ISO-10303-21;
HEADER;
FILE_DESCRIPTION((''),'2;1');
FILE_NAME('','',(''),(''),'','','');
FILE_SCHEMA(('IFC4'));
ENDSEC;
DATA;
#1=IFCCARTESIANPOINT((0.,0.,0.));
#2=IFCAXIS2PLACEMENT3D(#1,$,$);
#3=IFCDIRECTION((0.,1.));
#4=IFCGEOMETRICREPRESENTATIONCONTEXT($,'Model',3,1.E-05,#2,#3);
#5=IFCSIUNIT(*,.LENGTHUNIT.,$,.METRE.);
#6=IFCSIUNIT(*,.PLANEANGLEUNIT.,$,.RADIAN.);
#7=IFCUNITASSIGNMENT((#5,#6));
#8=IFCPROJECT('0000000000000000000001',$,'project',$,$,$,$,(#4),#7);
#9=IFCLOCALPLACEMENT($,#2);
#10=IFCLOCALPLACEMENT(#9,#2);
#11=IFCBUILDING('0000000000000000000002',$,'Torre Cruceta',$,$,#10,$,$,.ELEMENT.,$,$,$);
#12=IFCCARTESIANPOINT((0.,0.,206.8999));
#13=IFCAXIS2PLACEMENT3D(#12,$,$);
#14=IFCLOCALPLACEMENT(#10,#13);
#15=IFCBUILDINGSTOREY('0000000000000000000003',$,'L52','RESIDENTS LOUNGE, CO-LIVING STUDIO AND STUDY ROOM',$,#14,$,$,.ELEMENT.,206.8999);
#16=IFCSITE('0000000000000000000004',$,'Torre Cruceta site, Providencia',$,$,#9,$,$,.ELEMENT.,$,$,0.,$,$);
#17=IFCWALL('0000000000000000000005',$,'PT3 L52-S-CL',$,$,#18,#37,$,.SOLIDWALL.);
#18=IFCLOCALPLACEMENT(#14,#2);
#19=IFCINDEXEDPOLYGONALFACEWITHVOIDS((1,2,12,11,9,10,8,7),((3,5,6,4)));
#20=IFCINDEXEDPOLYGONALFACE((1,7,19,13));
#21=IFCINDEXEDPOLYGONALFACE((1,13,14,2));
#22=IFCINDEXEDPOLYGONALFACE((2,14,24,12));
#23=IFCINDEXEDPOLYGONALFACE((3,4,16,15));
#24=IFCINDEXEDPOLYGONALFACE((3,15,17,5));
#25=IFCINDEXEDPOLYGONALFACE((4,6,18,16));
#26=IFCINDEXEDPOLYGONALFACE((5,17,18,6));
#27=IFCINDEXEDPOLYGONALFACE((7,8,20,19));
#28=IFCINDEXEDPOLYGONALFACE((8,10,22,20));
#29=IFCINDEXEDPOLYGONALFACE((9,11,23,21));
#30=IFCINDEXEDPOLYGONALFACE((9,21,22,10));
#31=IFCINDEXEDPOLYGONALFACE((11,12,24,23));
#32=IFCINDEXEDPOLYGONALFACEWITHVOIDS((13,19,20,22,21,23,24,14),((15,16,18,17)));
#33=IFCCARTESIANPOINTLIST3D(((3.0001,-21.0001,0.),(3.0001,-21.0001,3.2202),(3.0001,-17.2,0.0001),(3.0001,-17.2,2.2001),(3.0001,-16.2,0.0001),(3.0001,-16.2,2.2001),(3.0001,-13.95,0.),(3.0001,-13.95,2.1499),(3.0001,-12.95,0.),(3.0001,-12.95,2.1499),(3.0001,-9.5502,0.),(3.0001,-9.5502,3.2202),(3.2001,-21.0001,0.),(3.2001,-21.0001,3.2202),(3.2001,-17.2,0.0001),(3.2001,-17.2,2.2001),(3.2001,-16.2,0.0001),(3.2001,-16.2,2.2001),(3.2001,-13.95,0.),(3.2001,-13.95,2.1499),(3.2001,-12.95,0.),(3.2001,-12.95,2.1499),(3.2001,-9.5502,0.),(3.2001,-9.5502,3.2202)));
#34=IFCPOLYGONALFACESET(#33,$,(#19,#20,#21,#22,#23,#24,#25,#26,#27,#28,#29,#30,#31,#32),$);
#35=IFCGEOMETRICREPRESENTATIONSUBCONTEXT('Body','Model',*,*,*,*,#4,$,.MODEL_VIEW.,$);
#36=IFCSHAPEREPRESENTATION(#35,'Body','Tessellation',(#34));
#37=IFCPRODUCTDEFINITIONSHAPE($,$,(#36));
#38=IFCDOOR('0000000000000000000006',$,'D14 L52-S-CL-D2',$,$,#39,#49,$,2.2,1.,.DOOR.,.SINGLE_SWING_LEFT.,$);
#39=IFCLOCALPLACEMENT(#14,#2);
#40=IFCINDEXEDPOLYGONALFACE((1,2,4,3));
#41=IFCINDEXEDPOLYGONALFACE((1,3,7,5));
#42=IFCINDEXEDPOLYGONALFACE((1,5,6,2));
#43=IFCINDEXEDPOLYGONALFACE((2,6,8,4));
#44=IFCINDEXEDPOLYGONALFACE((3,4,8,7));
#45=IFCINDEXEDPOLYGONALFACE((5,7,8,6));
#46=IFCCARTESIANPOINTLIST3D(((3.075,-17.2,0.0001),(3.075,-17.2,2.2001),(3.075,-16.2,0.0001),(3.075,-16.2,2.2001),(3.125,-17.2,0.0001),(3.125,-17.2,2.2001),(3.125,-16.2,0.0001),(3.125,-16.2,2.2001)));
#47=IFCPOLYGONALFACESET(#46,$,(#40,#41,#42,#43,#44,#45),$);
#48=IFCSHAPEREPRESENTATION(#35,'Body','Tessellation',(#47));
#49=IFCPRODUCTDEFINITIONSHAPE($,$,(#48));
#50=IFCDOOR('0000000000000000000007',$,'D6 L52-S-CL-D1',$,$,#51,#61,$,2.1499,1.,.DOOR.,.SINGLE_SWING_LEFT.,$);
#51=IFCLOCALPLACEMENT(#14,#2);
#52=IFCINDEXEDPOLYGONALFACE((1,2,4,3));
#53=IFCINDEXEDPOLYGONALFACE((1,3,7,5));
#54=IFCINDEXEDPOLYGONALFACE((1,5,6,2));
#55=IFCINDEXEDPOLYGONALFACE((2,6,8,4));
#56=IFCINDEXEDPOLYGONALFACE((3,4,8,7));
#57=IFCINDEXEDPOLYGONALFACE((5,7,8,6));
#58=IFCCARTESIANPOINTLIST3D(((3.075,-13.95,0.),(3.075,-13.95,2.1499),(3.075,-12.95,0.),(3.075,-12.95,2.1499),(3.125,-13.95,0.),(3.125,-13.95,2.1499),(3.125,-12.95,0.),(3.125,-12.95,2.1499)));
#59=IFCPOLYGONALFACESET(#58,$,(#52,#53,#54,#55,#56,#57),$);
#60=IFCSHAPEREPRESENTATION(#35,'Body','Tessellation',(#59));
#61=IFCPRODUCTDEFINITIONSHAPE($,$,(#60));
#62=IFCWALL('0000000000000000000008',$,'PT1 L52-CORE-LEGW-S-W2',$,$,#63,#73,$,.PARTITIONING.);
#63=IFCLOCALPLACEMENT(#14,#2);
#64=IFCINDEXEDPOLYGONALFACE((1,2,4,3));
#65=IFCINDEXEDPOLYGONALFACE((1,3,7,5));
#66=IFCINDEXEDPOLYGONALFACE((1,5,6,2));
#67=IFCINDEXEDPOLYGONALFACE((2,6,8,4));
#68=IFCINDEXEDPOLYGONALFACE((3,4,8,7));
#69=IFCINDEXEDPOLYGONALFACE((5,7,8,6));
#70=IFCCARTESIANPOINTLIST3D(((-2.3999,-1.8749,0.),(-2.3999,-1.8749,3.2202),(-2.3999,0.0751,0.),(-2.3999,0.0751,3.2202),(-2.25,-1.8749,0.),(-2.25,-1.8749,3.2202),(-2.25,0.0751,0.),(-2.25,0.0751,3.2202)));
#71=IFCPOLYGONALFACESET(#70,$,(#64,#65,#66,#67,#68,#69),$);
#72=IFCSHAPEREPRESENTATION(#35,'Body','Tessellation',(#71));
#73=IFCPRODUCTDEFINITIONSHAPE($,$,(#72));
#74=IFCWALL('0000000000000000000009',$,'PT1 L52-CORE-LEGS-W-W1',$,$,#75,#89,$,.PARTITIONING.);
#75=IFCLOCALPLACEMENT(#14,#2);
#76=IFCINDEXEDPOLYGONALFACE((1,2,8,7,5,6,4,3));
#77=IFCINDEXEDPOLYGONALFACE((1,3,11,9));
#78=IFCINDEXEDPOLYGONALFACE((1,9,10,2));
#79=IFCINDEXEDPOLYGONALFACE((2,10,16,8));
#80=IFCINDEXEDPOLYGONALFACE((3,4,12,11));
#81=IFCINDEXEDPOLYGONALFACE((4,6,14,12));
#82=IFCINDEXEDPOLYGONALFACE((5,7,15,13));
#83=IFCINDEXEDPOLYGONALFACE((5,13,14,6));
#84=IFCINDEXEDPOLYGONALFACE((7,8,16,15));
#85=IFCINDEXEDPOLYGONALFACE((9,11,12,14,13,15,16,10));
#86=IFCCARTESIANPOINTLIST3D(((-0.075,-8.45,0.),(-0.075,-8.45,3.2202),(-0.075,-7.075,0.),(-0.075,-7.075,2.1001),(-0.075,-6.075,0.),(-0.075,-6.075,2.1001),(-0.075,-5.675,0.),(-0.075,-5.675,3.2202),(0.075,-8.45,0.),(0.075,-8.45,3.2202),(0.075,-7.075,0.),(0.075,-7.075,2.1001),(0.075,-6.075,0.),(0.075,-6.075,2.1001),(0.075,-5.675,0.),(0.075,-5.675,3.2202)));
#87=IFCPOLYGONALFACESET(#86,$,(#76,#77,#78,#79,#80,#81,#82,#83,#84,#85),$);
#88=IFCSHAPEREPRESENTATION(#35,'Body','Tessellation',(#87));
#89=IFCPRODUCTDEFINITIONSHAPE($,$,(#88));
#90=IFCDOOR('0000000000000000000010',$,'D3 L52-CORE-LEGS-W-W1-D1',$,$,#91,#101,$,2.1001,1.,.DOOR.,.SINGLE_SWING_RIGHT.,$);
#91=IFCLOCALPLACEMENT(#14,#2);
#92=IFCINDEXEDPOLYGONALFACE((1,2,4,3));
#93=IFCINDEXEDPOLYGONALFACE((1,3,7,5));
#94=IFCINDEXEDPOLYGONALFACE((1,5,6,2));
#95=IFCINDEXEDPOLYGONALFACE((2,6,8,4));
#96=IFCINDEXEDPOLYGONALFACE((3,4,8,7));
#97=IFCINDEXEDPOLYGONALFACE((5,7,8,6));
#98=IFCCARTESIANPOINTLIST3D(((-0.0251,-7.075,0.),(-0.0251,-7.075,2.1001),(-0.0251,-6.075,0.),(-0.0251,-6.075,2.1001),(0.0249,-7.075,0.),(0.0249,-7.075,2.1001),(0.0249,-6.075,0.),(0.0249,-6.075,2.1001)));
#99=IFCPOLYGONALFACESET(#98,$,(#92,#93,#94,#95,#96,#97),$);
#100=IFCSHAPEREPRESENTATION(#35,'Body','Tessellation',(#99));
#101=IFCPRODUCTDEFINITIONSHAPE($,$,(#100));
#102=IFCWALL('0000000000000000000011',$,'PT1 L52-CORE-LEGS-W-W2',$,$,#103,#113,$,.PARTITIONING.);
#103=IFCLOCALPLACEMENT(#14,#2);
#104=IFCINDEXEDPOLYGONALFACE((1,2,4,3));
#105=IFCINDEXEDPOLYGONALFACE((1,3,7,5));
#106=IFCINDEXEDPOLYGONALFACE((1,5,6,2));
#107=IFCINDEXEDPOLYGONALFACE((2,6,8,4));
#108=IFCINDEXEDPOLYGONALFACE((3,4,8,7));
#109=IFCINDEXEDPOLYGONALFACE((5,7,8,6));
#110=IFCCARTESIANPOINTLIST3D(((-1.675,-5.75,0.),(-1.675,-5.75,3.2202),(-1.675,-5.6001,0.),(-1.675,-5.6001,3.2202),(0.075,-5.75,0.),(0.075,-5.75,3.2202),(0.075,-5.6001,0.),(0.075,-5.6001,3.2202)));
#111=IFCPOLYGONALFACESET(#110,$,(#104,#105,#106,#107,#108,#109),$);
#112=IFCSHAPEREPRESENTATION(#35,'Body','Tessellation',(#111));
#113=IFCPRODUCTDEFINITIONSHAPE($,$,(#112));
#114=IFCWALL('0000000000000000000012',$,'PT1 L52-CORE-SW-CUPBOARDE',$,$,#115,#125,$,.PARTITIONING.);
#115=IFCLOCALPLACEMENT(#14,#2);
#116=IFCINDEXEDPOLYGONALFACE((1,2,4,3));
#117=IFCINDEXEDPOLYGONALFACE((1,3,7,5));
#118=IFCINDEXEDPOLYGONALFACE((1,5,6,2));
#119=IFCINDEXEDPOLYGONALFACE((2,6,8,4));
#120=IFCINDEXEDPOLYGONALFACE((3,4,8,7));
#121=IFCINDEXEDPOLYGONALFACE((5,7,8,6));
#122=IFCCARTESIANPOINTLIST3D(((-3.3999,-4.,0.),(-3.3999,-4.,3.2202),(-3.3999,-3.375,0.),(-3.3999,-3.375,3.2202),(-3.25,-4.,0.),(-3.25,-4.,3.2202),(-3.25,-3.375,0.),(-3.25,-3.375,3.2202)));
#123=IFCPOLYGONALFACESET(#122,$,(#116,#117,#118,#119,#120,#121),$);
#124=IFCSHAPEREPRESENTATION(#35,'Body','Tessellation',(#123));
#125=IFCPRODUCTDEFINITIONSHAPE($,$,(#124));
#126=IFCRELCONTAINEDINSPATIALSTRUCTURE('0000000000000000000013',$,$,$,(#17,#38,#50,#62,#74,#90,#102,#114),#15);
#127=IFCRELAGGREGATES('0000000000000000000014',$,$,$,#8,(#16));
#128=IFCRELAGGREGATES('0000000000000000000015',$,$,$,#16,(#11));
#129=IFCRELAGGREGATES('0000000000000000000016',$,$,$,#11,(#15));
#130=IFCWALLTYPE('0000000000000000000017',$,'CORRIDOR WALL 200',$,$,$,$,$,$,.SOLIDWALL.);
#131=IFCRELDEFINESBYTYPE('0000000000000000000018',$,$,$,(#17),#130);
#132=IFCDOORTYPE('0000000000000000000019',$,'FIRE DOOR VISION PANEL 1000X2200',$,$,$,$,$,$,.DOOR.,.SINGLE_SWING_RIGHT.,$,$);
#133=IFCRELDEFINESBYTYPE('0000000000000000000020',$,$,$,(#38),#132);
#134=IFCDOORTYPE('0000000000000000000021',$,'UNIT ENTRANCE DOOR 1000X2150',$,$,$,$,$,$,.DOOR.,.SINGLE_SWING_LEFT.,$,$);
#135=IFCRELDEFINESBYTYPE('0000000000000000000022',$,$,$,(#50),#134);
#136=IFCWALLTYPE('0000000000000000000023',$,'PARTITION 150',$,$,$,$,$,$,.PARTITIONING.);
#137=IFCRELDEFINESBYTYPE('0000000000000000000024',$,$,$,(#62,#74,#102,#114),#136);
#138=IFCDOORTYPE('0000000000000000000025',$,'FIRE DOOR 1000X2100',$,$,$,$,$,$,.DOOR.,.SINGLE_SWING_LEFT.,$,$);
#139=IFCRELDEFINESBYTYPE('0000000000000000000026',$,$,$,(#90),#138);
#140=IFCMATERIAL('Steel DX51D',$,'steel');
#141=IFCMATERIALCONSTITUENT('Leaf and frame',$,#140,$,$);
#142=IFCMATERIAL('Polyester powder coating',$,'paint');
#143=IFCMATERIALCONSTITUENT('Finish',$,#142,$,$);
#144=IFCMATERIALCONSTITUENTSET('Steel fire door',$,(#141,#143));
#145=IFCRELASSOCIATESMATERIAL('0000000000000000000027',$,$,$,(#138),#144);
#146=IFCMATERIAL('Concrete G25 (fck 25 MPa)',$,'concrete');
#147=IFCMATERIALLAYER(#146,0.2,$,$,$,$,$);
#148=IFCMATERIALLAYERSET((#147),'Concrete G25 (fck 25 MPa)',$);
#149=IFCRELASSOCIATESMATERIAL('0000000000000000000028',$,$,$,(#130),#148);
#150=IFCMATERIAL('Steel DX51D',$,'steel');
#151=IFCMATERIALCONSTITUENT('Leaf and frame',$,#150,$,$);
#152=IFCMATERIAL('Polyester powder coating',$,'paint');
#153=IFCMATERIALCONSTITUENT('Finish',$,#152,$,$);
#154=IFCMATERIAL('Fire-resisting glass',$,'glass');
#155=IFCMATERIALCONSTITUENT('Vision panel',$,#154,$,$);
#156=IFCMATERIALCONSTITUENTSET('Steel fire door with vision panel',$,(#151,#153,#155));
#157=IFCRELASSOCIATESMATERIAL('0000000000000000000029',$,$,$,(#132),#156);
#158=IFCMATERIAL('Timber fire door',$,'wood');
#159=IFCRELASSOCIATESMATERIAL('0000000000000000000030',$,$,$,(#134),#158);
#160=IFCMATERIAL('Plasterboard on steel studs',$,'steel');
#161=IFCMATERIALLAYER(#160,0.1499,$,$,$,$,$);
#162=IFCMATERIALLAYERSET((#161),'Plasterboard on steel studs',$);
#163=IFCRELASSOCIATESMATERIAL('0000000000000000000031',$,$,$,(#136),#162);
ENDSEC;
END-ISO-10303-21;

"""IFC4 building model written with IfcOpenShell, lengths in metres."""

from ifc_helpers import new_model, si_unit, direction, frame, frame_2d, origin, place, context, subcontext, project, spatial, rectangle, extrude, material, layer, layer_set, constituent, constituent_set, type_object, element, fill, save


model = new_model("IFC4")

# Units and contexts
model_context = context("Model", 3, precision=1e-05, world=origin(), true_north=direction((0.0, 1.0)))
body_context = subcontext(model_context, "Body", "Model", "MODEL_VIEW")
ifc_project = project(units=[si_unit("LENGTHUNIT", "METRE"), si_unit("PLANEANGLEUNIT", "RADIAN")], contexts=[model_context])

# Site, building, storey
site_placement = place(None, origin())
site = spatial("IfcSite", under=ifc_project, at=site_placement, Name="Torre Cruceta site, Providencia", CompositionType="ELEMENT", RefElevation=0.0)
building_placement = place(site_placement, origin())
building = spatial("IfcBuilding", under=site, at=building_placement, Name="Torre Cruceta", CompositionType="ELEMENT")
storey_placement = place(building_placement, frame((0.0, 0.0, 206.8999)))
storey = spatial("IfcBuildingStorey", under=building, at=storey_placement, Name="L52", Description="RESIDENTS LOUNGE, CO-LIVING STUDIO AND STUDY ROOM", CompositionType="ELEMENT", Elevation=206.8999)

# Shared definitions
ifc_material_1 = material(Name="Steel DX51D", Category="steel")
ifc_constituent_1 = constituent(ifc_material_1, Name="Leaf and frame")
ifc_material_2 = material(Name="Polyester powder coating", Category="paint")
ifc_constituent_2 = constituent(ifc_material_2, Name="Finish")
ifc_constituent_set_1 = constituent_set(constituents=[ifc_constituent_1, ifc_constituent_2], Name="Steel fire door")
door_type_1 = type_object("IfcDoorType", Name="FIRE DOOR 1000X2100", OperationType="SINGLE_SWING_LEFT", PredefinedType="DOOR", material=ifc_constituent_set_1)

# Wall, openings, doors
ifc_material_3 = material(Name="Concrete G25 (fck 25 MPa)", Category="concrete")
ifc_layer_1 = layer(ifc_material_3, 0.2)
ifc_layer_set_1 = layer_set([ifc_layer_1], Name="Concrete G25 (fck 25 MPa)")
wall_type_1 = type_object("IfcWallType", Name="CORRIDOR WALL 200", PredefinedType="SOLIDWALL", material=ifc_layer_set_1)
wall_1_placement = place(storey_placement, frame((3.1001, -9.55, 0.0), z_axis=(0.0, 0.0, 1.0), x_axis=(0.0, -1.0, 0.0)))
wall_1 = element("IfcWall", 1, at=wall_1_placement, inside=storey, type_object=wall_type_1, Name="PT3 L52-S-CL", PredefinedType="SOLIDWALL", context=body_context, shape_type="SweptSolid", body=[
    extrude(rectangle(XDim=11.45, YDim=0.2, at=frame_2d((5.7251, 0.0))), origin(), (0.0, 0.0, 1.0), 3.2202),
])
opening_1_placement = place(wall_1_placement, frame((3.3999, 0.0, 0.0)))
opening_1 = element("IfcOpeningElement", 2, at=opening_1_placement, cuts=wall_1, PredefinedType="OPENING", context=body_context, shape_type="SweptSolid", body=[
    extrude(rectangle(XDim=1.0, YDim=2.1499, at=frame_2d((0.5, 1.075))), frame((0.0, 0.1099, 0.0), z_axis=(0.0, -1.0, 0.0), x_axis=(1.0, 0.0, 0.0)), (0.0, 0.0, 1.0), 0.22),
])
opening_2_placement = place(wall_1_placement, frame((6.6499, 0.0, 0.0)))
opening_2 = element("IfcOpeningElement", 3, at=opening_2_placement, cuts=wall_1, PredefinedType="OPENING", context=body_context, shape_type="SweptSolid", body=[
    extrude(rectangle(XDim=1.0, YDim=2.2, at=frame_2d((0.5, 1.1001))), frame((0.0, 0.1099, 0.0), z_axis=(0.0, -1.0, 0.0), x_axis=(1.0, 0.0, 0.0)), (0.0, 0.0, 1.0), 0.22),
])
ifc_material_4 = material(Name="Steel DX51D", Category="steel")
ifc_constituent_3 = constituent(ifc_material_4, Name="Leaf and frame")
ifc_material_5 = material(Name="Polyester powder coating", Category="paint")
ifc_constituent_4 = constituent(ifc_material_5, Name="Finish")
ifc_material_6 = material(Name="Fire-resisting glass", Category="glass")
ifc_constituent_5 = constituent(ifc_material_6, Name="Vision panel")
ifc_constituent_set_2 = constituent_set(constituents=[ifc_constituent_3, ifc_constituent_4, ifc_constituent_5], Name="Steel fire door with vision panel")
door_type_2 = type_object("IfcDoorType", Name="FIRE DOOR VISION PANEL 1000X2200", OperationType="SINGLE_SWING_RIGHT", PredefinedType="DOOR", material=ifc_constituent_set_2)
door_1_placement = place(opening_2_placement, origin())
door_1 = element("IfcDoor", 4, at=door_1_placement, inside=storey, type_object=door_type_2, Name="D14 L52-S-CL-D2", OperationType="SINGLE_SWING_LEFT", OverallHeight=2.2, OverallWidth=1.0, PredefinedType="DOOR", context=body_context, shape_type="SweptSolid", body=[
    extrude(rectangle(XDim=1.0, YDim=2.2, at=frame_2d((0.5, 1.1001))), frame((0.0, 0.0249, 0.0), z_axis=(0.0, -1.0, 0.0), x_axis=(1.0, 0.0, 0.0)), (0.0, 0.0, 1.0), 0.05),
])
fill(opening_2, door_1)
ifc_material_7 = material(Name="Timber fire door", Category="wood")
door_type_3 = type_object("IfcDoorType", Name="UNIT ENTRANCE DOOR 1000X2150", OperationType="SINGLE_SWING_LEFT", PredefinedType="DOOR", material=ifc_material_7)
door_2_placement = place(opening_1_placement, origin())
door_2 = element("IfcDoor", 5, at=door_2_placement, inside=storey, type_object=door_type_3, Name="D6 L52-S-CL-D1", OperationType="SINGLE_SWING_LEFT", OverallHeight=2.1499, OverallWidth=1.0, PredefinedType="DOOR", context=body_context, shape_type="SweptSolid", body=[
    extrude(rectangle(XDim=1.0, YDim=2.1499, at=frame_2d((0.5, 1.075))), frame((0.0, 0.0249, 0.0), z_axis=(0.0, -1.0, 0.0), x_axis=(1.0, 0.0, 0.0)), (0.0, 0.0, 1.0), 0.05),
])
fill(opening_1, door_2)

# Wall
ifc_material_8 = material(Name="Plasterboard on steel studs", Category="steel")
ifc_layer_2 = layer(ifc_material_8, 0.1499)
ifc_layer_set_2 = layer_set([ifc_layer_2], Name="Plasterboard on steel studs")
wall_type_2 = type_object("IfcWallType", Name="PARTITION 150", PredefinedType="PARTITIONING", material=ifc_layer_set_2)
wall_2_placement = place(storey_placement, frame((-2.325, -1.875, 0.0), z_axis=(0.0, 0.0, 1.0), x_axis=(0.0, 1.0, 0.0)))
element("IfcWall", 6, at=wall_2_placement, inside=storey, type_object=wall_type_2, Name="PT1 L52-CORE-LEGW-S-W2", PredefinedType="PARTITIONING", context=body_context, shape_type="SweptSolid", body=[
    extrude(rectangle(XDim=1.95, YDim=0.1499, at=frame_2d((0.9751, 0.0))), origin(), (0.0, 0.0, 1.0), 3.2202),
])

# Wall, opening, door
wall_3_placement = place(storey_placement, frame((0.0, -5.675, 0.0), z_axis=(0.0, 0.0, 1.0), x_axis=(0.0, -1.0, 0.0)))
wall_3 = element("IfcWall", 7, at=wall_3_placement, inside=storey, type_object=wall_type_2, Name="PT1 L52-CORE-LEGS-W-W1", PredefinedType="PARTITIONING", context=body_context, shape_type="SweptSolid", body=[
    extrude(rectangle(XDim=2.7749, YDim=0.1499, at=frame_2d((1.3875, 0.0))), origin(), (0.0, 0.0, 1.0), 3.2202),
])
opening_3_placement = place(wall_3_placement, frame((0.3999, 0.0, 0.0)))
opening_3 = element("IfcOpeningElement", 8, at=opening_3_placement, cuts=wall_3, PredefinedType="OPENING", context=body_context, shape_type="SweptSolid", body=[
    extrude(rectangle(XDim=1.0, YDim=2.1001, at=frame_2d((0.5, 1.05))), frame((0.0, 0.085, 0.0), z_axis=(0.0, -1.0, 0.0), x_axis=(1.0, 0.0, 0.0)), (0.0, 0.0, 1.0), 0.1699),
])
door_3_placement = place(opening_3_placement, frame((1.0, 0.0, 0.0), z_axis=(0.0, 0.0, 1.0), x_axis=(-1.0, 0.0, 0.0)))
door_3 = element("IfcDoor", 9, at=door_3_placement, inside=storey, type_object=door_type_1, Name="D3 L52-CORE-LEGS-W-W1-D1", OperationType="SINGLE_SWING_RIGHT", OverallHeight=2.1001, OverallWidth=1.0, PredefinedType="DOOR", context=body_context, shape_type="SweptSolid", body=[
    extrude(rectangle(XDim=1.0, YDim=2.1001, at=frame_2d((0.5, 1.05))), frame((0.0, 0.0251, 0.0), z_axis=(0.0, -1.0, 0.0), x_axis=(1.0, 0.0, 0.0)), (0.0, 0.0, 1.0), 0.05),
])
fill(opening_3, door_3)

# Walls
wall_4_placement = place(storey_placement, frame((-1.675, -5.675, 0.0), z_axis=(0.0, 0.0, 1.0), x_axis=(1.0, 0.0, 0.0)))
element("IfcWall", 10, at=wall_4_placement, inside=storey, type_object=wall_type_2, Name="PT1 L52-CORE-LEGS-W-W2", PredefinedType="PARTITIONING", context=body_context, shape_type="SweptSolid", body=[
    extrude(rectangle(XDim=1.75, YDim=0.1499, at=frame_2d((0.875, 0.0))), origin(), (0.0, 0.0, 1.0), 3.2202),
])
wall_5_placement = place(storey_placement, frame((-3.325, -3.375, 0.0), z_axis=(0.0, 0.0, 1.0), x_axis=(0.0, -1.0, 0.0)))
element("IfcWall", 11, at=wall_5_placement, inside=storey, type_object=wall_type_2, Name="PT1 L52-CORE-SW-CUPBOARDE", PredefinedType="PARTITIONING", context=body_context, shape_type="SweptSolid", body=[
    extrude(rectangle(XDim=0.625, YDim=0.1499, at=frame_2d((0.3125, 0.0))), origin(), (0.0, 0.0, 1.0), 3.2202),
])

save(model, "model.ifc")
